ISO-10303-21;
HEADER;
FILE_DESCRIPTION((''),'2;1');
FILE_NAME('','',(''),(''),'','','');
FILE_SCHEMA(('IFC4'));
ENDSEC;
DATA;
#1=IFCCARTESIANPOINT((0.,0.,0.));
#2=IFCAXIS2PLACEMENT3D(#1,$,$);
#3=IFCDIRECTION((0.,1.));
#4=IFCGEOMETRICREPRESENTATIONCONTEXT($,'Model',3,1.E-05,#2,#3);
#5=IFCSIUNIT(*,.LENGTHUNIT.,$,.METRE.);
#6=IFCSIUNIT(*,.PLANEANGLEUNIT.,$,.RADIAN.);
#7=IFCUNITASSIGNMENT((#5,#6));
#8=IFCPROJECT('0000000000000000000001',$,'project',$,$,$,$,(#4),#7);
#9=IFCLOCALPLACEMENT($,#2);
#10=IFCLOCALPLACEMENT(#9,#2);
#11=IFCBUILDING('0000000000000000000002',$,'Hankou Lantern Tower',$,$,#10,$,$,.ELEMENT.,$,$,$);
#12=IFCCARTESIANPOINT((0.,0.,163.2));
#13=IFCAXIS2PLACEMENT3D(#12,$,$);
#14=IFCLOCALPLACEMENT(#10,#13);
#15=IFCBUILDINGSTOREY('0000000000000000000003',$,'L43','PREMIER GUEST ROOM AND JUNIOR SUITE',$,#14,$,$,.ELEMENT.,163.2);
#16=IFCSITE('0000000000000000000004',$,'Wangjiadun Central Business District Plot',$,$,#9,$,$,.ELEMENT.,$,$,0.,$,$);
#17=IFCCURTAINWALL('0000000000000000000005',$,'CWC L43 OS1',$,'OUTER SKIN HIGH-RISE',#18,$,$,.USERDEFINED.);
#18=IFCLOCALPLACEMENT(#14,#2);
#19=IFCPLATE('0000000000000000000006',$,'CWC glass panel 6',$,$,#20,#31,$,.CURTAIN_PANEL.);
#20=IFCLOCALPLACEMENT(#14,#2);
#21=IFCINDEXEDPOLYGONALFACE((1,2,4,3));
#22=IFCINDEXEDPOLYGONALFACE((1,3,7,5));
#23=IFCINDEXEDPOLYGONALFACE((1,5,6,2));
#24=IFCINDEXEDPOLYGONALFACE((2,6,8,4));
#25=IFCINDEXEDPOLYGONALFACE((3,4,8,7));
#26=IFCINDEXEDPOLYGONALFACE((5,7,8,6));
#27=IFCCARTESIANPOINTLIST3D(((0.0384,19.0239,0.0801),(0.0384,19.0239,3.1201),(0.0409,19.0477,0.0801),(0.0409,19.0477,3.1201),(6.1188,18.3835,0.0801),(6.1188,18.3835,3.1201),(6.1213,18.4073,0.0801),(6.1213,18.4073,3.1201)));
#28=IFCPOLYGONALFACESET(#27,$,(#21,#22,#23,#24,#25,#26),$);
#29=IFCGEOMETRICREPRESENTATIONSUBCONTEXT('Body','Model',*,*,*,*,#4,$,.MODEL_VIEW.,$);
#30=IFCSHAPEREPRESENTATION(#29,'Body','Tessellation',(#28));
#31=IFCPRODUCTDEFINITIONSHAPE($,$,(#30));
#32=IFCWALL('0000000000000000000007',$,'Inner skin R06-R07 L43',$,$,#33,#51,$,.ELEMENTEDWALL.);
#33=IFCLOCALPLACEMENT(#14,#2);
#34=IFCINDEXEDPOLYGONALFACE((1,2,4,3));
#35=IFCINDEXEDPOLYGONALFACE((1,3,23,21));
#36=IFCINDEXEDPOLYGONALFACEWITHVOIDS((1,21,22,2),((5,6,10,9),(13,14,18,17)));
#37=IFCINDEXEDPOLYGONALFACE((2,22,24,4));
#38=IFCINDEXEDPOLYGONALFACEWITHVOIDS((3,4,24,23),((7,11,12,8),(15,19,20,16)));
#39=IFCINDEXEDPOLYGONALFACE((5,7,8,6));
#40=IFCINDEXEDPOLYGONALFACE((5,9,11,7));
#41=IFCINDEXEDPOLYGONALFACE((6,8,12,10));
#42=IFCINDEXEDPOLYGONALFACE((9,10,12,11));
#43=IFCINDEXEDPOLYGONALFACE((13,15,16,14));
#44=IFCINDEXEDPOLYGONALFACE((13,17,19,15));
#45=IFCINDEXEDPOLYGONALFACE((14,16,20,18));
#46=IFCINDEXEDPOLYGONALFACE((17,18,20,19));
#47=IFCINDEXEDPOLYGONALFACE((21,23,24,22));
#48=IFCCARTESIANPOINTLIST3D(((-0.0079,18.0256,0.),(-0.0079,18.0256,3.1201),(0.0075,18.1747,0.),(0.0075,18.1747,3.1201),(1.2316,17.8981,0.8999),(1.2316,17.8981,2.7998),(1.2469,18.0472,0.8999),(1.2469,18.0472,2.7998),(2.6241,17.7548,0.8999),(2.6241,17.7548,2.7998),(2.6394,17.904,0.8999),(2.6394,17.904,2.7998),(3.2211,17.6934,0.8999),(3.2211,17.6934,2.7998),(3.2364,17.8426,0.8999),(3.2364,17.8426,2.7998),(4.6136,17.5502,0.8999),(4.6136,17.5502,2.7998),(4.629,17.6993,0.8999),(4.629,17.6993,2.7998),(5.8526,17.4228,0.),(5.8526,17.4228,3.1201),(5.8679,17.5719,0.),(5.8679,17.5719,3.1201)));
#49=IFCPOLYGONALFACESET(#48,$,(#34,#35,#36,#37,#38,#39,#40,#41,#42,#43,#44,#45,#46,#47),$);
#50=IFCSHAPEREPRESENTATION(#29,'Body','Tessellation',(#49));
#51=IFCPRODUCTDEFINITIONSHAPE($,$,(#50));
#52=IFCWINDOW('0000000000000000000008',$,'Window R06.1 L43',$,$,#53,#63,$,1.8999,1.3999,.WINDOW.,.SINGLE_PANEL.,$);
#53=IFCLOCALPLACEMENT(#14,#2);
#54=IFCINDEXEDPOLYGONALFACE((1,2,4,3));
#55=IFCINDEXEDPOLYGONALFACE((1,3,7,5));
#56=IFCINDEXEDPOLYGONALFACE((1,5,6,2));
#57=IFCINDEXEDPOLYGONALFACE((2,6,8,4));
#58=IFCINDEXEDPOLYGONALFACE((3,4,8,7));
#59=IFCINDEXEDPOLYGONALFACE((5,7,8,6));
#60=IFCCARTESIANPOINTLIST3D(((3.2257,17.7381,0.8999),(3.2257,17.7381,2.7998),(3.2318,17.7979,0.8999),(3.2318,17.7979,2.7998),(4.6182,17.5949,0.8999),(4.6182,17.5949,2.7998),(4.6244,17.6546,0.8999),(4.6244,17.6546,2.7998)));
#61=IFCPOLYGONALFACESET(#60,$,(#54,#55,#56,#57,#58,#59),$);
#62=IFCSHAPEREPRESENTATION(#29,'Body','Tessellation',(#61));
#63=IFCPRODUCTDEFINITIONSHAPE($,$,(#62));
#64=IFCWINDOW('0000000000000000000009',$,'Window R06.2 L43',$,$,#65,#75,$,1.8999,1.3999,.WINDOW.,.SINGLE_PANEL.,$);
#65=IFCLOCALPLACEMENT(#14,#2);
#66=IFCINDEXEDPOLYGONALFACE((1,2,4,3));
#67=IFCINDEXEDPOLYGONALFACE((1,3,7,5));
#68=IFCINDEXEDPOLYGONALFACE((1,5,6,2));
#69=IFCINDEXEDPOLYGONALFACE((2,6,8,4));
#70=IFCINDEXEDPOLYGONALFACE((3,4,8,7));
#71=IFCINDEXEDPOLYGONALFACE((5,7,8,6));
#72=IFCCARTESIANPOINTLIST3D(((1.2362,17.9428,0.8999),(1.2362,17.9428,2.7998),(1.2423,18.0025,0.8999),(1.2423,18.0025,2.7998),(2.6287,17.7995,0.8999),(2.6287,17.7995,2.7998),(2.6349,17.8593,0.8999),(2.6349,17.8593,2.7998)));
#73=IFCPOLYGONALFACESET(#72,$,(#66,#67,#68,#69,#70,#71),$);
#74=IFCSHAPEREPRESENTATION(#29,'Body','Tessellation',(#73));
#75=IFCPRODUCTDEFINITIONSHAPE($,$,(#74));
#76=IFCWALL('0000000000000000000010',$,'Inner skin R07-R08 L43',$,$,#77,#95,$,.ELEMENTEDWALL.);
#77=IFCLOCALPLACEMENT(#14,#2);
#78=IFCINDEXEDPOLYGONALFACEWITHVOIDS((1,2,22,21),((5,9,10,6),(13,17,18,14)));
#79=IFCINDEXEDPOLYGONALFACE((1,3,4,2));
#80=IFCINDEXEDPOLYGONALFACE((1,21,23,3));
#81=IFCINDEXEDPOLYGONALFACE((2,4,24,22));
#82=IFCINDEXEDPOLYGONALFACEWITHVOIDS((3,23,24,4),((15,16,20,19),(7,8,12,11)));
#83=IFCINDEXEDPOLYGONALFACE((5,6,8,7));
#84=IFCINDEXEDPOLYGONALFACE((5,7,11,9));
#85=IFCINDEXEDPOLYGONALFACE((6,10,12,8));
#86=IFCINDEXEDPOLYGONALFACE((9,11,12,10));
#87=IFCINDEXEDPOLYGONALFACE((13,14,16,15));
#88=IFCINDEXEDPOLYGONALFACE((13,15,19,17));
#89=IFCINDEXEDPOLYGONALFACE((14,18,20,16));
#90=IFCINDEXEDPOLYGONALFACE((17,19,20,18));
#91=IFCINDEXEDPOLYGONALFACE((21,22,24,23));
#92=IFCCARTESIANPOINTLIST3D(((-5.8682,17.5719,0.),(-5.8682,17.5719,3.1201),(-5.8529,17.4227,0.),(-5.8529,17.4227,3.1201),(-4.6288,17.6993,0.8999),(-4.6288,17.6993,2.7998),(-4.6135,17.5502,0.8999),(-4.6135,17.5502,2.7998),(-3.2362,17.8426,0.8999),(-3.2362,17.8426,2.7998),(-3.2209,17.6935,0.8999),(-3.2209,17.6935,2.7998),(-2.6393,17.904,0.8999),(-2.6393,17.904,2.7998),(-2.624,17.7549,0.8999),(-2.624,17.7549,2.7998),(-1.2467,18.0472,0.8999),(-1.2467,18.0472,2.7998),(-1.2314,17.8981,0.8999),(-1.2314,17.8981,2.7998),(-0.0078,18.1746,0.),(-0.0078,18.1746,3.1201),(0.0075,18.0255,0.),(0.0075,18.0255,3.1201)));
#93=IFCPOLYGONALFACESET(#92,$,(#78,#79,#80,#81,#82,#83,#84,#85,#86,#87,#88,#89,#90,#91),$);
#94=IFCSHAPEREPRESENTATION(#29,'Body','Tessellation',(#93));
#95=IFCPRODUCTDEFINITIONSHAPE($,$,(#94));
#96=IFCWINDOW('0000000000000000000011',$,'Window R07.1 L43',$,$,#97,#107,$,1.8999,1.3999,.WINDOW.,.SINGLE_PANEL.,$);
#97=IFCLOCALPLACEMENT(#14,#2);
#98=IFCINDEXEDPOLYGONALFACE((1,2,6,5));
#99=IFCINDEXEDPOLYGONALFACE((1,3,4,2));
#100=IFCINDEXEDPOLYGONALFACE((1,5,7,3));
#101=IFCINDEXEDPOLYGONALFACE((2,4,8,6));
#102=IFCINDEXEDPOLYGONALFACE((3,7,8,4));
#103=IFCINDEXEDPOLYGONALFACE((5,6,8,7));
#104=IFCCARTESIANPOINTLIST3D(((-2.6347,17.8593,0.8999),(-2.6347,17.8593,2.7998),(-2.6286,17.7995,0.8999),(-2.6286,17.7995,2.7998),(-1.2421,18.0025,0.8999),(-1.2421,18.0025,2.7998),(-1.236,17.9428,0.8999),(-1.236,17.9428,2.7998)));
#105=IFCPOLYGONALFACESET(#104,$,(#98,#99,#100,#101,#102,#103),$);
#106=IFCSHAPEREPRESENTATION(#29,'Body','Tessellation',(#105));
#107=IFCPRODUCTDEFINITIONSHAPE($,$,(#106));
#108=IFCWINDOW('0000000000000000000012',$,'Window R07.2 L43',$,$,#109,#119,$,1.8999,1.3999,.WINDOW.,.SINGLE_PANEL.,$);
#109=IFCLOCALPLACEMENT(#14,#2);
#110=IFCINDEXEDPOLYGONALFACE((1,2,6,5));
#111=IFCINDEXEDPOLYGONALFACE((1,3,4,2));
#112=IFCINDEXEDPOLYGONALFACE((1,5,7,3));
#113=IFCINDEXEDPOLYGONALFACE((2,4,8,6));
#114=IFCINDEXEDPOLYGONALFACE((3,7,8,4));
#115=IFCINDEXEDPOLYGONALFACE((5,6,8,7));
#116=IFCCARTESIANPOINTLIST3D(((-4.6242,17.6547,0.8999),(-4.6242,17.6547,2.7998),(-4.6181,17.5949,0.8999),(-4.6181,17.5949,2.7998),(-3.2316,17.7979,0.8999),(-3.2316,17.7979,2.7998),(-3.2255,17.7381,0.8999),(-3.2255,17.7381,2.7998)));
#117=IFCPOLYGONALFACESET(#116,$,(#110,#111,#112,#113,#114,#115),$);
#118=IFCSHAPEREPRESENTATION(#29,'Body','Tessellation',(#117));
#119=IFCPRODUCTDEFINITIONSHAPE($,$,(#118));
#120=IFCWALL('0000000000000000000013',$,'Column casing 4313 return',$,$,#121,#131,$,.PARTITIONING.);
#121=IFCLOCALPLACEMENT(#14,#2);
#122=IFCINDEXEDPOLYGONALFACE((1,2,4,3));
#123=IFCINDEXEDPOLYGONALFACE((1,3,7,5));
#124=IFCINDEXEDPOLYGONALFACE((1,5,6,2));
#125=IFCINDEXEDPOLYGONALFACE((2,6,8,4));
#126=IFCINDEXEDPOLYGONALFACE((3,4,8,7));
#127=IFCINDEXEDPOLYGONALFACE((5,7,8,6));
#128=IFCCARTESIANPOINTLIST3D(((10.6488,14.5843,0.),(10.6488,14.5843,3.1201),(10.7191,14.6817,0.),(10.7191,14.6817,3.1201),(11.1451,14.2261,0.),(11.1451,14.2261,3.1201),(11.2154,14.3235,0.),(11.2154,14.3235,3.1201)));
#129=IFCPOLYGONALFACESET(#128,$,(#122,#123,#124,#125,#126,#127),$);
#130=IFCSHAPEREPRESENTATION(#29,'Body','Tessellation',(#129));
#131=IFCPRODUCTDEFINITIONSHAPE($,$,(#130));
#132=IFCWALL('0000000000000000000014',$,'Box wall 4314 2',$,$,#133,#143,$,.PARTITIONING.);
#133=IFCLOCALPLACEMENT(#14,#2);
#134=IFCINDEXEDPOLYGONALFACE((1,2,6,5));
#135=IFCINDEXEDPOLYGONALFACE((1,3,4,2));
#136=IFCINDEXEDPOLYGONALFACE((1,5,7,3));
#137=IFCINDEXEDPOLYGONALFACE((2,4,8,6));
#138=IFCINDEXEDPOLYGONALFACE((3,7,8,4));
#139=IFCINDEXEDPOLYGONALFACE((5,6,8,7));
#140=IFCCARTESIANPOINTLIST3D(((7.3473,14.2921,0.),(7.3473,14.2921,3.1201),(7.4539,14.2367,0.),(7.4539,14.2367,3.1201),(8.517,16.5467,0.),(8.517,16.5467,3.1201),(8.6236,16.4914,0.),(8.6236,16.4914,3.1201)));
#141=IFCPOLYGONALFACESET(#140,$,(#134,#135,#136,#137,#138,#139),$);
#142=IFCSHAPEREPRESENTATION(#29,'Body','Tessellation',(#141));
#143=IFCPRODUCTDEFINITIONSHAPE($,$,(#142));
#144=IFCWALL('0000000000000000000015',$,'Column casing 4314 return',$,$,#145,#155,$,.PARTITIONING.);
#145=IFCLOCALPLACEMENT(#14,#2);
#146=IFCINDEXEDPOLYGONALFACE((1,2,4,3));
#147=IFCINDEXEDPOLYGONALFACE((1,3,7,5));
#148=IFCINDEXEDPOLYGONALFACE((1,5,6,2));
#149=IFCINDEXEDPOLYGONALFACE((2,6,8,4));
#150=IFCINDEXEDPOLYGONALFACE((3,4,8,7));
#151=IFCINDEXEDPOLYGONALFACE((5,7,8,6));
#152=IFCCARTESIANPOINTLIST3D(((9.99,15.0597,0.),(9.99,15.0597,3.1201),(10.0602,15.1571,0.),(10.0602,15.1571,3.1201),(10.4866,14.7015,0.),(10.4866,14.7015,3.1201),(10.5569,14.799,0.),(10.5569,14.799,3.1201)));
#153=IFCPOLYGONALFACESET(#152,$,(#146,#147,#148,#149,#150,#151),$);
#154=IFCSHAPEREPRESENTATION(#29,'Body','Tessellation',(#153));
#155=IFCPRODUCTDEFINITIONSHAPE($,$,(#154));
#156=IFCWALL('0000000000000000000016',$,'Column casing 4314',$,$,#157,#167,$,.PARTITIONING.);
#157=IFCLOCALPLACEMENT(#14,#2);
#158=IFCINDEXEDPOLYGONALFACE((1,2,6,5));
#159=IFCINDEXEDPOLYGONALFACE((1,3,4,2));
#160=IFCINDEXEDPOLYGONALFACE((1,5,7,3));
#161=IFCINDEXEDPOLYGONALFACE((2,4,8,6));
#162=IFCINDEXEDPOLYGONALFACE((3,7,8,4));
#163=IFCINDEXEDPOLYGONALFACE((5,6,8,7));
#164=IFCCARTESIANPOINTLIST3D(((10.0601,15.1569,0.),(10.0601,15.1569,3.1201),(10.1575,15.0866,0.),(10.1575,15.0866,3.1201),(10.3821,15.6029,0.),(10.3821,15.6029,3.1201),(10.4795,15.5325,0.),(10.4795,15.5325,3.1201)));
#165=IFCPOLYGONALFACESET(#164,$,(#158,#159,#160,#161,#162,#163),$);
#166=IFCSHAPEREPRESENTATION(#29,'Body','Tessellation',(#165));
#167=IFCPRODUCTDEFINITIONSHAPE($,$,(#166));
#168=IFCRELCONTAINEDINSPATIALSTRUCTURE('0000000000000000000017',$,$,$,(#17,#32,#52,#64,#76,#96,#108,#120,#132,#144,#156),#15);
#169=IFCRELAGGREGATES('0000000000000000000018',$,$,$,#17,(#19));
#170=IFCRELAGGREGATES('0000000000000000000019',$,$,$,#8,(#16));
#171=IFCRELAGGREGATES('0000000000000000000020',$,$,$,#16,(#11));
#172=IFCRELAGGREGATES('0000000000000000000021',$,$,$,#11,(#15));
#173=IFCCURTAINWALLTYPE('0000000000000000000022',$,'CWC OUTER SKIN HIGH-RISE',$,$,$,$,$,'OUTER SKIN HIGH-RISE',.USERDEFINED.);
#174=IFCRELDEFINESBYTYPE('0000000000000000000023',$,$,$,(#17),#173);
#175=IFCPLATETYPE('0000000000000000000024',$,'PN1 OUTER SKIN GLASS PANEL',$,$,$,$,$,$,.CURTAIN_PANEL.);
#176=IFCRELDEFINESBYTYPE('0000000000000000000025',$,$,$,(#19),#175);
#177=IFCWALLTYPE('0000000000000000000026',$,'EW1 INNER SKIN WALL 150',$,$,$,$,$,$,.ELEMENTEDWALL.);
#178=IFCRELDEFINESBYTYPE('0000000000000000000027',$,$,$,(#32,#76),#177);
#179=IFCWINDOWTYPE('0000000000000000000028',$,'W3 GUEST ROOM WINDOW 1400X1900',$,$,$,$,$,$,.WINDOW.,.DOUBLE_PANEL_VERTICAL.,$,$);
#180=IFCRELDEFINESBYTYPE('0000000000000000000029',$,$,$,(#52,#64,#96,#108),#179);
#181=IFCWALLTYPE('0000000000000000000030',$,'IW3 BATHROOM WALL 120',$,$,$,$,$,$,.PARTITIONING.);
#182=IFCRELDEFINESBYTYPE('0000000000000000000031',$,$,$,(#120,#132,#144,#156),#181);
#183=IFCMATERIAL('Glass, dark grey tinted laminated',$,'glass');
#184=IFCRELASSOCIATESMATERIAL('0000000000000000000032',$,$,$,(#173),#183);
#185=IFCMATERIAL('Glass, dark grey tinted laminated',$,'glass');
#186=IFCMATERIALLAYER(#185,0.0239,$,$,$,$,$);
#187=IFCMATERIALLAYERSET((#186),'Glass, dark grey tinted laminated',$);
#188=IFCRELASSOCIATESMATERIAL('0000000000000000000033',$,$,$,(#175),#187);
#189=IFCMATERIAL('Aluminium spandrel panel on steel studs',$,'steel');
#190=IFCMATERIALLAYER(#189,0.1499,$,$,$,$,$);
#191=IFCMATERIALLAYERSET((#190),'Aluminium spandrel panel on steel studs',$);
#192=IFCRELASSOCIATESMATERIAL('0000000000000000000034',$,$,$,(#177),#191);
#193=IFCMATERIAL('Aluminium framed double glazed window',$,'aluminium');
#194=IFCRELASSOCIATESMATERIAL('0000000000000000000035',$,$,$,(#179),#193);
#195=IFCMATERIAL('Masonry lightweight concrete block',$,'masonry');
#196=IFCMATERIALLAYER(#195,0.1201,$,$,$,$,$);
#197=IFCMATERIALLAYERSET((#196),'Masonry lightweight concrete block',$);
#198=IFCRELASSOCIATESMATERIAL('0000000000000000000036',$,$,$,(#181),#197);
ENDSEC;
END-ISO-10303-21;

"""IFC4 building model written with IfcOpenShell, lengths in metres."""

from ifc_helpers import new_model, si_unit, direction, frame, frame_2d, origin, origin_2d, place, context, subcontext, project, spatial, rectangle, extrude, material, layer, layer_set, type_object, element, fill, aggregate, save


model = new_model("IFC4")

# Units and contexts
model_context = context("Model", 3, precision=1e-05, world=origin(), true_north=direction((0.0, 1.0)))
body_context = subcontext(model_context, "Body", "Model", "MODEL_VIEW")
ifc_project = project(units=[si_unit("LENGTHUNIT", "METRE"), si_unit("PLANEANGLEUNIT", "RADIAN")], contexts=[model_context])

# Site, building, storey
site_placement = place(None, origin())
site = spatial("IfcSite", under=ifc_project, at=site_placement, Name="Wangjiadun Central Business District Plot", CompositionType="ELEMENT", RefElevation=0.0)
building_placement = place(site_placement, origin())
building = spatial("IfcBuilding", under=site, at=building_placement, Name="Hankou Lantern Tower", CompositionType="ELEMENT")
storey_placement = place(building_placement, frame((0.0, 0.0, 163.2)))
storey = spatial("IfcBuildingStorey", under=building, at=storey_placement, Name="L43", Description="PREMIER GUEST ROOM AND JUNIOR SUITE", CompositionType="ELEMENT", Elevation=163.2)

# Curtain wall
ifc_material_1 = material(Name="Glass, dark grey tinted laminated", Category="glass")
curtain_wall_type = type_object("IfcCurtainWallType", Name="CWC OUTER SKIN HIGH-RISE", ElementType="OUTER SKIN HIGH-RISE", PredefinedType="USERDEFINED", material=ifc_material_1)
curtain_wall_1_placement = place(storey_placement, origin())
curtain_wall_1 = element("IfcCurtainWall", 1, at=curtain_wall_1_placement, inside=storey, type_object=curtain_wall_type, Name="CWC L43 OS1", ObjectType="OUTER SKIN HIGH-RISE", PredefinedType="USERDEFINED")

# Plate
ifc_material_2 = material(Name="Glass, dark grey tinted laminated", Category="glass")
ifc_layer_1 = layer(ifc_material_2, 0.0239)
ifc_layer_set_1 = layer_set([ifc_layer_1], Name="Glass, dark grey tinted laminated")
plate_type = type_object("IfcPlateType", Name="PN1 OUTER SKIN GLASS PANEL", PredefinedType="CURTAIN_PANEL", material=ifc_layer_set_1)
plate_1_placement = place(storey_placement, frame((3.0798, 18.7156, 0.0801), z_axis=(0.0, 0.0, 1.0), x_axis=(-0.994499, 0.104743, 0.0)))
plate_1 = element("IfcPlate", 2, at=plate_1_placement, type_object=plate_type, Name="CWC glass panel 6", PredefinedType="CURTAIN_PANEL", context=body_context, shape_type="SweptSolid", body=[
    extrude(rectangle(XDim=6.114, YDim=0.0239, at=origin_2d()), origin(), (0.0, 0.0, 1.0), 3.04),
])
aggregate(curtain_wall_1, [plate_1])

# Walls, openings, windows
ifc_material_3 = material(Name="Aluminium spandrel panel on steel studs", Category="steel")
ifc_layer_2 = layer(ifc_material_3, 0.1499)
ifc_layer_set_2 = layer_set([ifc_layer_2], Name="Aluminium spandrel panel on steel studs")
wall_type_1 = type_object("IfcWallType", Name="EW1 INNER SKIN WALL 150", PredefinedType="ELEMENTEDWALL", material=ifc_layer_set_2)
wall_1_placement = place(storey_placement, frame((5.8604, 17.4973, 0.0), z_axis=(0.0, 0.0, 1.0), x_axis=(-0.994752, 0.102318, 0.0)))
wall_1 = element("IfcWall", 3, at=wall_1_placement, inside=storey, type_object=wall_type_1, Name="Inner skin R06-R07 L43", PredefinedType="ELEMENTEDWALL", context=body_context, shape_type="SweptSolid", body=[
    extrude(rectangle(XDim=5.8914, YDim=0.1499, at=frame_2d((2.9458, 0.0))), origin(), (0.0, 0.0, 1.0), 3.1201),
])
opening_1_placement = place(wall_1_placement, frame((1.2456, 0.0, 0.8999)))
opening_1 = element("IfcOpeningElement", 4, at=opening_1_placement, cuts=wall_1, PredefinedType="OPENING", context=body_context, shape_type="SweptSolid", body=[
    extrude(rectangle(XDim=1.3999, YDim=1.8999, at=frame_2d((0.7, 0.95))), frame((0.0, 0.085, 0.0), z_axis=(0.0, -1.0, 0.0), x_axis=(1.0, 0.0, 0.0)), (0.0, 0.0, 1.0), 0.1699),
])
opening_2_placement = place(wall_1_placement, frame((3.2456, 0.0, 0.8999)))
opening_2 = element("IfcOpeningElement", 5, at=opening_2_placement, cuts=wall_1, PredefinedType="OPENING", context=body_context, shape_type="SweptSolid", body=[
    extrude(rectangle(XDim=1.3999, YDim=1.8999, at=frame_2d((0.7, 0.95))), frame((0.0, 0.085, 0.0), z_axis=(0.0, -1.0, 0.0), x_axis=(1.0, 0.0, 0.0)), (0.0, 0.0, 1.0), 0.1699),
])
ifc_material_4 = material(Name="Aluminium framed double glazed window", Category="aluminium")
window_type = type_object("IfcWindowType", Name="W3 GUEST ROOM WINDOW 1400X1900", PartitioningType="DOUBLE_PANEL_VERTICAL", PredefinedType="WINDOW", material=ifc_material_4)
window_1_placement = place(opening_1_placement, origin())
window_1 = element("IfcWindow", 6, at=window_1_placement, inside=storey, type_object=window_type, Name="Window R06.1 L43", OverallHeight=1.8999, OverallWidth=1.3999, PartitioningType="SINGLE_PANEL", PredefinedType="WINDOW", context=body_context, shape_type="SweptSolid", body=[
    extrude(rectangle(XDim=1.3999, YDim=1.8999, at=frame_2d((0.7, 0.95))), frame((0.0, 0.03, 0.0), z_axis=(0.0, -1.0, 0.0), x_axis=(1.0, 0.0, 0.0)), (0.0, 0.0, 1.0), 0.0601),
])
fill(opening_1, window_1)
window_2_placement = place(opening_2_placement, origin())
window_2 = element("IfcWindow", 7, at=window_2_placement, inside=storey, type_object=window_type, Name="Window R06.2 L43", OverallHeight=1.8999, OverallWidth=1.3999, PartitioningType="SINGLE_PANEL", PredefinedType="WINDOW", context=body_context, shape_type="SweptSolid", body=[
    extrude(rectangle(XDim=1.3999, YDim=1.8999, at=frame_2d((0.7, 0.95))), frame((0.0, 0.03, 0.0), z_axis=(0.0, -1.0, 0.0), x_axis=(1.0, 0.0, 0.0)), (0.0, 0.0, 1.0), 0.0601),
])
fill(opening_2, window_2)
wall_2_placement = place(storey_placement, frame((0.0, 18.1001, 0.0), z_axis=(0.0, 0.0, 1.0), x_axis=(-0.994752, -0.102318, 0.0)))
wall_2 = element("IfcWall", 8, at=wall_2_placement, inside=storey, type_object=wall_type_1, Name="Inner skin R07-R08 L43", PredefinedType="ELEMENTEDWALL", context=body_context, shape_type="SweptSolid", body=[
    extrude(rectangle(XDim=5.8914, YDim=0.1499, at=frame_2d((2.9458, 0.0))), origin(), (0.0, 0.0, 1.0), 3.1201),
])
opening_3_placement = place(wall_2_placement, frame((1.2456, 0.0, 0.8999)))
opening_3 = element("IfcOpeningElement", 9, at=opening_3_placement, cuts=wall_2, PredefinedType="OPENING", context=body_context, shape_type="SweptSolid", body=[
    extrude(rectangle(XDim=1.3999, YDim=1.8999, at=frame_2d((0.7, 0.95))), frame((0.0, 0.085, 0.0), z_axis=(0.0, -1.0, 0.0), x_axis=(1.0, 0.0, 0.0)), (0.0, 0.0, 1.0), 0.1699),
])
opening_4_placement = place(wall_2_placement, frame((3.2456, 0.0, 0.8999)))
opening_4 = element("IfcOpeningElement", 10, at=opening_4_placement, cuts=wall_2, PredefinedType="OPENING", context=body_context, shape_type="SweptSolid", body=[
    extrude(rectangle(XDim=1.3999, YDim=1.8999, at=frame_2d((0.7, 0.95))), frame((0.0, 0.085, 0.0), z_axis=(0.0, -1.0, 0.0), x_axis=(1.0, 0.0, 0.0)), (0.0, 0.0, 1.0), 0.1699),
])
window_3_placement = place(opening_3_placement, origin())
window_3 = element("IfcWindow", 11, at=window_3_placement, inside=storey, type_object=window_type, Name="Window R07.1 L43", OverallHeight=1.8999, OverallWidth=1.3999, PartitioningType="SINGLE_PANEL", PredefinedType="WINDOW", context=body_context, shape_type="SweptSolid", body=[
    extrude(rectangle(XDim=1.3999, YDim=1.8999, at=frame_2d((0.7, 0.95))), frame((0.0, 0.03, 0.0), z_axis=(0.0, -1.0, 0.0), x_axis=(1.0, 0.0, 0.0)), (0.0, 0.0, 1.0), 0.0601),
])
fill(opening_3, window_3)
window_4_placement = place(opening_4_placement, origin())
window_4 = element("IfcWindow", 12, at=window_4_placement, inside=storey, type_object=window_type, Name="Window R07.2 L43", OverallHeight=1.8999, OverallWidth=1.3999, PartitioningType="SINGLE_PANEL", PredefinedType="WINDOW", context=body_context, shape_type="SweptSolid", body=[
    extrude(rectangle(XDim=1.3999, YDim=1.8999, at=frame_2d((0.7, 0.95))), frame((0.0, 0.03, 0.0), z_axis=(0.0, -1.0, 0.0), x_axis=(1.0, 0.0, 0.0)), (0.0, 0.0, 1.0), 0.0601),
])
fill(opening_4, window_4)

# Walls
ifc_material_5 = material(Name="Masonry lightweight concrete block", Category="masonry")
ifc_layer_3 = layer(ifc_material_5, 0.1201)
ifc_layer_set_3 = layer_set([ifc_layer_3], Name="Masonry lightweight concrete block")
wall_type_2 = type_object("IfcWallType", Name="IW3 BATHROOM WALL 120", PredefinedType="PARTITIONING", material=ifc_layer_set_3)
wall_3_placement = place(storey_placement, frame((10.6838, 14.6331, 0.0), z_axis=(0.0, 0.0, 1.0), x_axis=(0.810921, -0.585156, 0.0)))
element("IfcWall", 13, at=wall_3_placement, inside=storey, type_object=wall_type_2, Name="Column casing 4313 return", PredefinedType="PARTITIONING", context=body_context, shape_type="SweptSolid", body=[
    extrude(rectangle(XDim=0.6121, YDim=0.1201, at=frame_2d((0.3062, 0.0))), origin(), (0.0, 0.0, 1.0), 3.1201),
])
wall_4_placement = place(storey_placement, frame((7.4006, 14.2644, 0.0), z_axis=(0.0, 0.0, 1.0), x_axis=(0.460505, 0.887657, 0.0)))
element("IfcWall", 14, at=wall_4_placement, inside=storey, type_object=wall_type_2, Name="Box wall 4314 2", PredefinedType="PARTITIONING", context=body_context, shape_type="SweptSolid", body=[
    extrude(rectangle(XDim=2.54, YDim=0.1201, at=frame_2d((1.27, 0.0))), origin(), (0.0, 0.0, 1.0), 3.1201),
])
wall_5_placement = place(storey_placement, frame((10.5217, 14.7502, 0.0), z_axis=(0.0, 0.0, 1.0), x_axis=(-0.811058, 0.584966, 0.0)))
element("IfcWall", 15, at=wall_5_placement, inside=storey, type_object=wall_type_2, Name="Column casing 4314 return", PredefinedType="PARTITIONING", context=body_context, shape_type="SweptSolid", body=[
    extrude(rectangle(XDim=0.6123, YDim=0.1201, at=frame_2d((0.3062, 0.0))), origin(), (0.0, 0.0, 1.0), 3.1201),
])
wall_6_placement = place(storey_placement, frame((10.1089, 15.1218, 0.0), z_axis=(0.0, 0.0, 1.0), x_axis=(0.585345, 0.810785, 0.0)))
element("IfcWall", 16, at=wall_6_placement, inside=storey, type_object=wall_type_2, Name="Column casing 4314", PredefinedType="PARTITIONING", context=body_context, shape_type="SweptSolid", body=[
    extrude(rectangle(XDim=0.55, YDim=0.1201, at=frame_2d((0.2749, 0.0))), origin(), (0.0, 0.0, 1.0), 3.1201),
])

save(model, "model.ifc")
